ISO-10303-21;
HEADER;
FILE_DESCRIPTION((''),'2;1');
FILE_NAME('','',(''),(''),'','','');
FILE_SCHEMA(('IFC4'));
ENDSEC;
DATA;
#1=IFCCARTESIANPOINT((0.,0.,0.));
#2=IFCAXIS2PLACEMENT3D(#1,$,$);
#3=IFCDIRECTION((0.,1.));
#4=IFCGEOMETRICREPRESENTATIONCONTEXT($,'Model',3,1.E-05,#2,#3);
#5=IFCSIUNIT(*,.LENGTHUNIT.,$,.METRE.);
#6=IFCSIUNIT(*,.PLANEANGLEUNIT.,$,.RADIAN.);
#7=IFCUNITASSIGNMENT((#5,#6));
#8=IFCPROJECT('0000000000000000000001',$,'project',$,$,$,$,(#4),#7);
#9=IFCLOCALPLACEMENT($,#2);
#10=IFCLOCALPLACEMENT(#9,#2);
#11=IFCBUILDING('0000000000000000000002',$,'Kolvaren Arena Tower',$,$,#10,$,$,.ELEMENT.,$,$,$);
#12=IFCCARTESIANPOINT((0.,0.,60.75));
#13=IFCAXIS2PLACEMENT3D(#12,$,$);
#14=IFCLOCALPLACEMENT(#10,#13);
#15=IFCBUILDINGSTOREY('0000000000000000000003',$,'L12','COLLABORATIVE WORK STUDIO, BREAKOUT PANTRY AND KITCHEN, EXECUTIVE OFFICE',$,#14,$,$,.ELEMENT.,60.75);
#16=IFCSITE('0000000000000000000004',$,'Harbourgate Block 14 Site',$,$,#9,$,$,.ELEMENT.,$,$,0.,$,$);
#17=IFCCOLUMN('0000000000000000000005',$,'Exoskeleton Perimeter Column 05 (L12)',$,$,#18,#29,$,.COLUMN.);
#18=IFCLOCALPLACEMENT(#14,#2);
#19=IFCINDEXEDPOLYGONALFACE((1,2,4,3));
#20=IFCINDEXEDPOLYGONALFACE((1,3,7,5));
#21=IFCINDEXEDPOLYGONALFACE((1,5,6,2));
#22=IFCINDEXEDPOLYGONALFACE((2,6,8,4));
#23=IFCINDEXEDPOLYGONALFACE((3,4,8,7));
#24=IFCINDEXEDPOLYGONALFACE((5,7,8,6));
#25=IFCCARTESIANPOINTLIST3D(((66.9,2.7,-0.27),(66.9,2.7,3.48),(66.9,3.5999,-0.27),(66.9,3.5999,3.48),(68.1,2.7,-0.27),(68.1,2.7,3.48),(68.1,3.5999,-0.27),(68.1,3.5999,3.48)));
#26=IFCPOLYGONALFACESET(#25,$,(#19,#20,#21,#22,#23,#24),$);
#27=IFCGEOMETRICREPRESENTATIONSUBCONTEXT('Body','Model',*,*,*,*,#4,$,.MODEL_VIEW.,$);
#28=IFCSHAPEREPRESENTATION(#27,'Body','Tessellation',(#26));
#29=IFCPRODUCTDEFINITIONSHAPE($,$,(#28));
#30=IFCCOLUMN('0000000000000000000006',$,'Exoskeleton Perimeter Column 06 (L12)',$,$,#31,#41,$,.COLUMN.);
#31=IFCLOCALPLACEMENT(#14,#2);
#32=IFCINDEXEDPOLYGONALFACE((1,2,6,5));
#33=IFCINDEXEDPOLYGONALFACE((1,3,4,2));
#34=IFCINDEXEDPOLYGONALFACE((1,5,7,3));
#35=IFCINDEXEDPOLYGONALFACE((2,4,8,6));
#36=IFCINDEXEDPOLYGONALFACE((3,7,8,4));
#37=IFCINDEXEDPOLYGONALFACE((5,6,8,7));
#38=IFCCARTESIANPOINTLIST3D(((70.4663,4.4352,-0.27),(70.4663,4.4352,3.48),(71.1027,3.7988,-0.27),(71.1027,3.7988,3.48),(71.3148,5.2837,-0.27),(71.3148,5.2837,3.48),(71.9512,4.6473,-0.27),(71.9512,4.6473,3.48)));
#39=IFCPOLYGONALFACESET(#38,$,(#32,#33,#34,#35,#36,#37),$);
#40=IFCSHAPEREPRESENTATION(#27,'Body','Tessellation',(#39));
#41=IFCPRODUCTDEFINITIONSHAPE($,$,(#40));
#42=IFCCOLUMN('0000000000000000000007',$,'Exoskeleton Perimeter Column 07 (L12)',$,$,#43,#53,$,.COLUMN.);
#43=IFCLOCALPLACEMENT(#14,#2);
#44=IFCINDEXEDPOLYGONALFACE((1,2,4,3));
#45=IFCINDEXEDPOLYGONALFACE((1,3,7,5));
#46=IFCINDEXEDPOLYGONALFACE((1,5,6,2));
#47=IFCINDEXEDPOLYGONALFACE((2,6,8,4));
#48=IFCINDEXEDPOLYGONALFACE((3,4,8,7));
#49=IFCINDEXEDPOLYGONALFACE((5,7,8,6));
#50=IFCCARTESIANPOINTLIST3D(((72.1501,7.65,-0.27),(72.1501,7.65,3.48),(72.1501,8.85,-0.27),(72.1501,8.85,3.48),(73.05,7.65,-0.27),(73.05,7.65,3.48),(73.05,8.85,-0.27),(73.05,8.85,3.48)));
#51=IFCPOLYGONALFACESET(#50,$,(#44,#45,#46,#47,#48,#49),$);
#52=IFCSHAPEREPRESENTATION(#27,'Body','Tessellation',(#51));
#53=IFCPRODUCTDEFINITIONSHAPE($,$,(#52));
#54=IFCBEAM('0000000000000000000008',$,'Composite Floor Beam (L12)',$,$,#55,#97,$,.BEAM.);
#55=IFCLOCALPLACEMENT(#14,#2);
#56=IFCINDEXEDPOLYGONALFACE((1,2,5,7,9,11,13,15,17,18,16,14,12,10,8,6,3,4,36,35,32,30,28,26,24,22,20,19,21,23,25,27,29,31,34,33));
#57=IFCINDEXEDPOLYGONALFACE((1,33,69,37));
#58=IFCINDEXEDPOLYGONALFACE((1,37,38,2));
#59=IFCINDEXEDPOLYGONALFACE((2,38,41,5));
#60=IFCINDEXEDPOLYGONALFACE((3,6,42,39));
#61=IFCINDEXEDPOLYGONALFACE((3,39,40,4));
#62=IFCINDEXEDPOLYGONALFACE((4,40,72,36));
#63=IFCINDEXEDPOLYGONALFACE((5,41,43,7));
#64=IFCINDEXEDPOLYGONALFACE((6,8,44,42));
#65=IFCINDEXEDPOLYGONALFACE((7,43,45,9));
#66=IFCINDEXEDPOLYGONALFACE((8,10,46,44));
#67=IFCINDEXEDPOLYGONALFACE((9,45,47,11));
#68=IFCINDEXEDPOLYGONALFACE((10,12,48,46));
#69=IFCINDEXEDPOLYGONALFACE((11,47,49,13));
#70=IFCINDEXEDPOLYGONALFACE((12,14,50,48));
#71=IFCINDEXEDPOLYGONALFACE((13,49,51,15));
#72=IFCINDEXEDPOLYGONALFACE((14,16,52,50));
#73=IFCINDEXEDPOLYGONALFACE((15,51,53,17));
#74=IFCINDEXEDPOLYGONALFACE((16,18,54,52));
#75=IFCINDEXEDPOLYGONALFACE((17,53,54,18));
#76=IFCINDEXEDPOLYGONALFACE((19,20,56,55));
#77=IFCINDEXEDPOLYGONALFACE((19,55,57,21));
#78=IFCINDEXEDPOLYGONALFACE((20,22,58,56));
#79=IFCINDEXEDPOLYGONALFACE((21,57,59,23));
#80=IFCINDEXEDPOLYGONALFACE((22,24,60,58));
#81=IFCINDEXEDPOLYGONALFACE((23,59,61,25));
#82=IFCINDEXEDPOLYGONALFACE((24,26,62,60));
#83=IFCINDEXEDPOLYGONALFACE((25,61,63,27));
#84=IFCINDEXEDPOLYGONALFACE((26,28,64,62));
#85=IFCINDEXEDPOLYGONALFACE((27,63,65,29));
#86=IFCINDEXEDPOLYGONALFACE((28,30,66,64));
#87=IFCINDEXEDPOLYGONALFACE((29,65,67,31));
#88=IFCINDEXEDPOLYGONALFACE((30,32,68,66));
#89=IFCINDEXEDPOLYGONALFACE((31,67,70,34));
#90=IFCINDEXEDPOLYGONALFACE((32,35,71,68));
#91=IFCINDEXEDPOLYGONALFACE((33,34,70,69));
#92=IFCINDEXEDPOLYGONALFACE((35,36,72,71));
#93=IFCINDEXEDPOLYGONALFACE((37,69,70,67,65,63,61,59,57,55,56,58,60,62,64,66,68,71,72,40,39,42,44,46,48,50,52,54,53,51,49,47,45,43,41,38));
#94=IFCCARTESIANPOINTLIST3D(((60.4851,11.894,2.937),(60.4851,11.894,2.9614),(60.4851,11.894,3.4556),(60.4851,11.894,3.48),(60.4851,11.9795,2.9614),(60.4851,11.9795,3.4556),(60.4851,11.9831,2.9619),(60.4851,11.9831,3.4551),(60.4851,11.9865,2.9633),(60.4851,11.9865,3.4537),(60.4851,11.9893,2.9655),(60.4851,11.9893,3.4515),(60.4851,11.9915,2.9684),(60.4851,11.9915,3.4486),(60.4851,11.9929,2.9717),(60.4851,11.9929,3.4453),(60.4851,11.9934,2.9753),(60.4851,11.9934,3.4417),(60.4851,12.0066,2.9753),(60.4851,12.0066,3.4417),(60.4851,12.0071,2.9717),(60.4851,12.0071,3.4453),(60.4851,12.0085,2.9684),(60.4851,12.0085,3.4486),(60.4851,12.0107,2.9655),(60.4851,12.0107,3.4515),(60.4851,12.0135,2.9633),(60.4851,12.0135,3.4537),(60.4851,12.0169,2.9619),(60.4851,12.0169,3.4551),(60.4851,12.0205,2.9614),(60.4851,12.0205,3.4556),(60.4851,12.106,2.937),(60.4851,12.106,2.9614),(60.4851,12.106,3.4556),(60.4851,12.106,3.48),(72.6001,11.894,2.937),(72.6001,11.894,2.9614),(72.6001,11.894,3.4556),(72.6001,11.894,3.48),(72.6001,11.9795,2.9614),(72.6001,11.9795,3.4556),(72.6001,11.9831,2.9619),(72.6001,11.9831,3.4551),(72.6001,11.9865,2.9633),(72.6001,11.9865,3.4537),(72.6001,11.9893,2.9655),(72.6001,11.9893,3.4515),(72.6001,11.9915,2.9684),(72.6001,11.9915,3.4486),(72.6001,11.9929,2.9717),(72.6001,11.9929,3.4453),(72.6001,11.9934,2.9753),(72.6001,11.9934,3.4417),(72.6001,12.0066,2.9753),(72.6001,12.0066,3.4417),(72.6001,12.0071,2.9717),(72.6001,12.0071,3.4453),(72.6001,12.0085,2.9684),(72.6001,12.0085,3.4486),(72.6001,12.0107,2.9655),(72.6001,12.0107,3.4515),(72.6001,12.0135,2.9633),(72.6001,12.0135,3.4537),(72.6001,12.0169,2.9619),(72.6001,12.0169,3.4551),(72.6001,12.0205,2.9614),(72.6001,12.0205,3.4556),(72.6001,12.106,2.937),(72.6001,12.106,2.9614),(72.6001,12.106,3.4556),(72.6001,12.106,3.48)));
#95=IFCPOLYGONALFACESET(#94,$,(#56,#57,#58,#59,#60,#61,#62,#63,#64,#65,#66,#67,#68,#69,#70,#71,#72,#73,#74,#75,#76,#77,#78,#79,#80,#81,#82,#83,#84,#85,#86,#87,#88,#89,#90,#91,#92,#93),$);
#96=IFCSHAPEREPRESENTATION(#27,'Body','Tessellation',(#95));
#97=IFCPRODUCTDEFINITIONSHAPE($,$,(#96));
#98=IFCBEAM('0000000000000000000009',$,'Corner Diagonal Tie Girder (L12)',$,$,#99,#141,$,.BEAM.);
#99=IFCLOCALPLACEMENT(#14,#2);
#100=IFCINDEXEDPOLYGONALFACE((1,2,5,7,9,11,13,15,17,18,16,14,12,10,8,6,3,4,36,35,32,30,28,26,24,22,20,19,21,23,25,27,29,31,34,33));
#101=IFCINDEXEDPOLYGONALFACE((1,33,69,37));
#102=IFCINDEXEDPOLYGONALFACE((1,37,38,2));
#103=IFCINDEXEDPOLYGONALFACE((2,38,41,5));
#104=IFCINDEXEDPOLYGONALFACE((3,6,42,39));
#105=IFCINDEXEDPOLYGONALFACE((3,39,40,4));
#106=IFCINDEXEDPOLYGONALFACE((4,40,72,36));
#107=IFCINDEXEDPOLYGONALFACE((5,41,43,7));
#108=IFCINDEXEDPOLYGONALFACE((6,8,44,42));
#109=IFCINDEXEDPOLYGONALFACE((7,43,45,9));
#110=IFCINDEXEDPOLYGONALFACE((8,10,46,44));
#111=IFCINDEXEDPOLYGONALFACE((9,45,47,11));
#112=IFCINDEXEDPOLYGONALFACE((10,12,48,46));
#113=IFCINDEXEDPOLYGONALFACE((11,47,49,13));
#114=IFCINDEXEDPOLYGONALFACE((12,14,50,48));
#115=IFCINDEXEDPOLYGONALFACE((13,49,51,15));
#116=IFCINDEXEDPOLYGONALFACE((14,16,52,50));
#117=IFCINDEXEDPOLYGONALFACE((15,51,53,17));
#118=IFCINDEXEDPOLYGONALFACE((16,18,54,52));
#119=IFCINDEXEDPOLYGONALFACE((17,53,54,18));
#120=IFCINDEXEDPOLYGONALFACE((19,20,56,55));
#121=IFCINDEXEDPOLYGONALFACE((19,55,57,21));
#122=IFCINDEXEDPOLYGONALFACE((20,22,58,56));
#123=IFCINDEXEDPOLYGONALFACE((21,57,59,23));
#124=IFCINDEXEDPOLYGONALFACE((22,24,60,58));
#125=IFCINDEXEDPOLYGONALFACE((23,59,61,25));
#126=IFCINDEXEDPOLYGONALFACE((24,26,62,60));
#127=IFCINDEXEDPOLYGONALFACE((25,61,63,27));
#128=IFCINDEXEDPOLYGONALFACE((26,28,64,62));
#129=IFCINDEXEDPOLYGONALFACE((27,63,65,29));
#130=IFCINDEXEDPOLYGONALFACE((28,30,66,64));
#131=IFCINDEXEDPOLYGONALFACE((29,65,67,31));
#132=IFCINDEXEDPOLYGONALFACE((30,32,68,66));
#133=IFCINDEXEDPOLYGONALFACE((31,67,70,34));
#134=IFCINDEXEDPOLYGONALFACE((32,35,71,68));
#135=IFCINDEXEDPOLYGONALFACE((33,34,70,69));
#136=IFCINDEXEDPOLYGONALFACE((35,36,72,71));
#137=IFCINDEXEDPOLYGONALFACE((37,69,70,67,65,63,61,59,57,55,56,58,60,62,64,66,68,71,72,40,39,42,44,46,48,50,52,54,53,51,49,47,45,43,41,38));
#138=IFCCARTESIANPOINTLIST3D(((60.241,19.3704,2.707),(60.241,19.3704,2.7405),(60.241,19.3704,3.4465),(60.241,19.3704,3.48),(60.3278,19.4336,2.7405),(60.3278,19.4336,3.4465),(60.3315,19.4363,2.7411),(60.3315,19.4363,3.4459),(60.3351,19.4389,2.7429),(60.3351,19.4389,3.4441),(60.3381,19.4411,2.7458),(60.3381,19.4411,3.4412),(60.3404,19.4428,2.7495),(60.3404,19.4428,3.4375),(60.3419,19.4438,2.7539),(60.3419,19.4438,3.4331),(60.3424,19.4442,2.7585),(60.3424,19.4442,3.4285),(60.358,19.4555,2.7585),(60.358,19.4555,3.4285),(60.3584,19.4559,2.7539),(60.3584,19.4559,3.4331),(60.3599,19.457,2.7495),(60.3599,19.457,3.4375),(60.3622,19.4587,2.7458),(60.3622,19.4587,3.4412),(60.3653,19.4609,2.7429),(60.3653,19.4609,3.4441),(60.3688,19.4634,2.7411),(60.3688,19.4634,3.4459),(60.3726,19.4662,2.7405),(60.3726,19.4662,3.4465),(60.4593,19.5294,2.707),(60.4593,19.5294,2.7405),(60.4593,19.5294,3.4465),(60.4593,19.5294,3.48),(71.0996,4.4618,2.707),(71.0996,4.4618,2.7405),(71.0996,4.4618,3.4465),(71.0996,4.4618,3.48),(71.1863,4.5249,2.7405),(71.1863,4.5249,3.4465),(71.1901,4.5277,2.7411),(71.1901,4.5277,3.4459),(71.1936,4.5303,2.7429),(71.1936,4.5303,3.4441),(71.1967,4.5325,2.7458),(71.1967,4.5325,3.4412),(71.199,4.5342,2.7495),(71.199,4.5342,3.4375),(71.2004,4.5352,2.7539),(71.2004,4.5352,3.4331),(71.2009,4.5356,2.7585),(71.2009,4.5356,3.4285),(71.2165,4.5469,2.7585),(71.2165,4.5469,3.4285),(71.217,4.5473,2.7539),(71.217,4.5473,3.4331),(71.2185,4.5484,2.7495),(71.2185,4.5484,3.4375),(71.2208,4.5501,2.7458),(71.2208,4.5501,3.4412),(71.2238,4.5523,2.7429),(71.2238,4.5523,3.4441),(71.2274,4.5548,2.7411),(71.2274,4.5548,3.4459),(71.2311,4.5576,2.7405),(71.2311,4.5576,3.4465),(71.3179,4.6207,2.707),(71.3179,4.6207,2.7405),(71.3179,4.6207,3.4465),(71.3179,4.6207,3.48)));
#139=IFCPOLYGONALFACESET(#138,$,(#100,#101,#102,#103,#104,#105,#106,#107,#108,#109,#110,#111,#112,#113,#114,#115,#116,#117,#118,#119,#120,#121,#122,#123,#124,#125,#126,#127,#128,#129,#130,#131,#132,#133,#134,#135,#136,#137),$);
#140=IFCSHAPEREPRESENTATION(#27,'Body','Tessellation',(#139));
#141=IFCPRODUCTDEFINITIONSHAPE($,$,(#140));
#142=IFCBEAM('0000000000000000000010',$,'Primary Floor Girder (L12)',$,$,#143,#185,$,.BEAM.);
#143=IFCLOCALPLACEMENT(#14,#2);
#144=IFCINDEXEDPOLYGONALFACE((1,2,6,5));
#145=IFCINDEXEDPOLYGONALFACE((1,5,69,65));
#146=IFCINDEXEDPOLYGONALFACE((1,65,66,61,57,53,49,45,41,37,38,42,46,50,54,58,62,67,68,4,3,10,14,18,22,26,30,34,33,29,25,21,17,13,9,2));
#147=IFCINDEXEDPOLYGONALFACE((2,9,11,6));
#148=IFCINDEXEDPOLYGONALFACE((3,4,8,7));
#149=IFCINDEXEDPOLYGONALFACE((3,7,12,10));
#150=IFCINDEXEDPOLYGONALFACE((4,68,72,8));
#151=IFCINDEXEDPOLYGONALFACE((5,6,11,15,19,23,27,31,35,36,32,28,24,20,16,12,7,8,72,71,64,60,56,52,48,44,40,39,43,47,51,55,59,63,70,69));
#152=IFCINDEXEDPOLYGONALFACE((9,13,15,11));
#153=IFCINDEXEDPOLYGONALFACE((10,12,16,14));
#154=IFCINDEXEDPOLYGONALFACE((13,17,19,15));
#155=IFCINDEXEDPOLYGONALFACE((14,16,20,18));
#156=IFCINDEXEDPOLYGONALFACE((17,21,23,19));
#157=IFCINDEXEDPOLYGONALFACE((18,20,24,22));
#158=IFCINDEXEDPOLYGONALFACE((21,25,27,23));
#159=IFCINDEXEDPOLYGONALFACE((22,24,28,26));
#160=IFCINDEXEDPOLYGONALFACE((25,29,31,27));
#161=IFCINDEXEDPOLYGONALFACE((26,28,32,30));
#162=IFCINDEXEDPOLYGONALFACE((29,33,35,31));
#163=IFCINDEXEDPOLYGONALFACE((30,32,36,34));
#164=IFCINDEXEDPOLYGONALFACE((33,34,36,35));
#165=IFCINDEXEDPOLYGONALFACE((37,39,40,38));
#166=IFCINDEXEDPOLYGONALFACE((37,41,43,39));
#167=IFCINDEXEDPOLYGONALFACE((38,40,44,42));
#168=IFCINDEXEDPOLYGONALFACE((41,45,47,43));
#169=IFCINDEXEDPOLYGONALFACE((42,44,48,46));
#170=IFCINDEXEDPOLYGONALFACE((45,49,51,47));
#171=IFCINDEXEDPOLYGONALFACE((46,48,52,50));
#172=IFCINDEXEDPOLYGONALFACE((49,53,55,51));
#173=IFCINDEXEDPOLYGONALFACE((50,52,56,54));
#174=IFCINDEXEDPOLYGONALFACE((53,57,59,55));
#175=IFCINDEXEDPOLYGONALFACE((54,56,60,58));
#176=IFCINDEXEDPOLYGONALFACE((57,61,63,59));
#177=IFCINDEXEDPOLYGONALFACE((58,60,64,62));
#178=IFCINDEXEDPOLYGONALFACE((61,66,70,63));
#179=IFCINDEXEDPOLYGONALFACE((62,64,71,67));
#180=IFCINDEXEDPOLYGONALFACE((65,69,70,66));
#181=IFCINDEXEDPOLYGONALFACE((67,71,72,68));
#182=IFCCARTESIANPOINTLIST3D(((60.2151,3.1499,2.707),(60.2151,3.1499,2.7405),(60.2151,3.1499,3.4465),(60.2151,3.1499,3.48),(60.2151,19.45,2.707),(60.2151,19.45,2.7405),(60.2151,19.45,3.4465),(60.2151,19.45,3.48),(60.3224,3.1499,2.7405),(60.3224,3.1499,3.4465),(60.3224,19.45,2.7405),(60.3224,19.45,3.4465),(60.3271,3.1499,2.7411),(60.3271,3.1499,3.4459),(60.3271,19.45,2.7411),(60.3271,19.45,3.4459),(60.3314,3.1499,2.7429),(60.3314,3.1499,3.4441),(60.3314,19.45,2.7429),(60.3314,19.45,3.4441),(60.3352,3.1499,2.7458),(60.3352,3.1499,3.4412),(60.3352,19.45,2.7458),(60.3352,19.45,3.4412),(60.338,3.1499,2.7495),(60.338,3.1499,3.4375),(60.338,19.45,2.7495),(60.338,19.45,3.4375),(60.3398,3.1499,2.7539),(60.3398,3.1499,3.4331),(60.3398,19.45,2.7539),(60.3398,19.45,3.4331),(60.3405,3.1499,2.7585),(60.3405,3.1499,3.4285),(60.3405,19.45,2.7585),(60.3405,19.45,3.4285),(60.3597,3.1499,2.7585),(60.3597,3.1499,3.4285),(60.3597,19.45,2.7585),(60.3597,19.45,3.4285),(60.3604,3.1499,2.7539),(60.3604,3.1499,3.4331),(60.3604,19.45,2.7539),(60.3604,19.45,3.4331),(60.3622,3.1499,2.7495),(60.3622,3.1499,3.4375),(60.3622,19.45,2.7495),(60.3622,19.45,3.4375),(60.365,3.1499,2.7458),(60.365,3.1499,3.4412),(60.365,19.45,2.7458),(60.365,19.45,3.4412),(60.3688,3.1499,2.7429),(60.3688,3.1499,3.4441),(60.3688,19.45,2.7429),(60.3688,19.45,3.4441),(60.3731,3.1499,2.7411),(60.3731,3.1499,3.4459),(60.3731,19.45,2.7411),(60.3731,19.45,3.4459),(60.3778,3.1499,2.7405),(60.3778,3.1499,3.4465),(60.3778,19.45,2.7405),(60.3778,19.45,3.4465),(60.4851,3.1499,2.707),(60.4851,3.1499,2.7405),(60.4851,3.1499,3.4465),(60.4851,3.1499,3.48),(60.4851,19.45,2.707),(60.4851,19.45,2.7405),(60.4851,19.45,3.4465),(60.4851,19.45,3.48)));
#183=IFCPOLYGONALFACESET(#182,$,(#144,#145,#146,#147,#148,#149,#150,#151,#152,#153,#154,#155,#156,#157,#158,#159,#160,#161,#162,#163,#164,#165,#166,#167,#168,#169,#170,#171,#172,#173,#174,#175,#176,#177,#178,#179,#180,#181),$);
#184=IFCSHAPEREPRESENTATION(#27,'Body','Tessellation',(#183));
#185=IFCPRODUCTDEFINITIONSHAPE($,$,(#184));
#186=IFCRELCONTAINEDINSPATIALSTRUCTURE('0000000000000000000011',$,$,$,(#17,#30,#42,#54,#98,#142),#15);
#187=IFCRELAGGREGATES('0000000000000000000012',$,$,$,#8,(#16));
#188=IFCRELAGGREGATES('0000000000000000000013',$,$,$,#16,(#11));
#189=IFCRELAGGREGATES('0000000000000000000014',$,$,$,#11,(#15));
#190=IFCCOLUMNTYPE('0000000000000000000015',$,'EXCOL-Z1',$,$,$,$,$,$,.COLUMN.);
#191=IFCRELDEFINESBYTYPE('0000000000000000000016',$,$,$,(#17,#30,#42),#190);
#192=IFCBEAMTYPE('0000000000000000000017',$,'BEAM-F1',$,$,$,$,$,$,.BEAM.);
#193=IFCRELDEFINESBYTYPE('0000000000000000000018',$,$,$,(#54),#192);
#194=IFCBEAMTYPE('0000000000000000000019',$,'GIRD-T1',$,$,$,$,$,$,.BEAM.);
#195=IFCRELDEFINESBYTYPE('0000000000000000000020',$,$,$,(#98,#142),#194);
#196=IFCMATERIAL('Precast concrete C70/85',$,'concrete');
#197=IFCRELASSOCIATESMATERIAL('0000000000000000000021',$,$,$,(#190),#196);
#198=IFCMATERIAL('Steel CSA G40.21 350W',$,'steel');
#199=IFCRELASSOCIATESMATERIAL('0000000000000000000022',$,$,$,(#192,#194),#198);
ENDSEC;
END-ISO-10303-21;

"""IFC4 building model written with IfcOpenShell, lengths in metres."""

from ifc_helpers import new_model, si_unit, direction, frame, origin, origin_2d, place, context, subcontext, project, spatial, rectangle, i_section, extrude, material, material_profile, profile_set, type_object, element, save


model = new_model("IFC4")

# Units and contexts
model_context = context("Model", 3, precision=1e-05, world=origin(), true_north=direction((0.0, 1.0)))
body_context = subcontext(model_context, "Body", "Model", "MODEL_VIEW")
ifc_project = project(units=[si_unit("LENGTHUNIT", "METRE"), si_unit("PLANEANGLEUNIT", "RADIAN")], contexts=[model_context])

# Site, building, storey
site_placement = place(None, origin())
site = spatial("IfcSite", under=ifc_project, at=site_placement, Name="Harbourgate Block 14 Site", CompositionType="ELEMENT", RefElevation=0.0)
building_placement = place(site_placement, origin())
building = spatial("IfcBuilding", under=site, at=building_placement, Name="Kolvaren Arena Tower", CompositionType="ELEMENT")
storey_placement = place(building_placement, frame((0.0, 0.0, 60.75)))
storey = spatial("IfcBuildingStorey", under=building, at=storey_placement, Name="L12", Description="COLLABORATIVE WORK STUDIO, BREAKOUT PANTRY AND KITCHEN, EXECUTIVE OFFICE", CompositionType="ELEMENT", Elevation=60.75)

# Columns
ifc_material_1 = material(Name="Precast concrete C70/85", Category="concrete")
ifc_material_profile_1 = material_profile(ifc_material_1, rectangle(XDim=1.2, YDim=0.8999, at=origin_2d()), Name="RC-1200x900")
ifc_profile_set_1 = profile_set([ifc_material_profile_1], Name="Precast concrete C70/85")
column_type = type_object("IfcColumnType", Name="EXCOL-Z1", PredefinedType="COLUMN", material=ifc_profile_set_1)
for number, where, z_axis, x_axis, name in (
    (1, (67.5, 3.1499, -0.27), (0.0, 0.0, 1.0), (1.0, 0.0, 0.0), "Exoskeleton Perimeter Column 05 (L12)"),
    (2, (71.2087, 4.5413, -0.27), (0.0, 0.0, 1.0), (0.707107, 0.707107, 0.0), "Exoskeleton Perimeter Column 06 (L12)"),
    (3, (72.6001, 8.25, -0.27), (0.0, 0.0, 1.0), (0.0, 1.0, 0.0), "Exoskeleton Perimeter Column 07 (L12)"),
):
    element("IfcColumn", number, at=place(storey_placement, frame(where, z_axis=z_axis, x_axis=x_axis)), inside=storey, type_object=column_type, Name=name, PredefinedType="COLUMN", context=body_context, shape_type="SweptSolid", body=[
        extrude(rectangle(XDim=1.2, YDim=0.8999, at=origin_2d()), origin(), (0.0, 0.0, 1.0), 3.75),
    ])

# Beams
ifc_material_2 = material(Name="Steel CSA G40.21 350W", Category="steel")
ifc_material_profile_2 = material_profile(ifc_material_2, i_section(OverallWidth=0.2119, OverallDepth=0.543, WebThickness=0.0132, FlangeThickness=0.0244, FilletRadius=0.0139, at=origin_2d()), Name="W530x150")
ifc_profile_set_2 = profile_set([ifc_material_profile_2], Name="Steel CSA G40.21 350W")
beam_type_1 = type_object("IfcBeamType", Name="BEAM-F1", PredefinedType="BEAM", material=ifc_profile_set_2)
beam_1_placement = place(storey_placement, frame((60.4851, 12.0, 3.2085), z_axis=(1.0, 0.0, 0.0), x_axis=(0.0, 1.0, 0.0)))
element("IfcBeam", 4, at=beam_1_placement, inside=storey, type_object=beam_type_1, Name="Composite Floor Beam (L12)", PredefinedType="BEAM", context=body_context, shape_type="SweptSolid", body=[
    extrude(i_section(OverallWidth=0.2119, OverallDepth=0.543, WebThickness=0.0132, FlangeThickness=0.0244, FilletRadius=0.0139, at=origin_2d()), origin(), (0.0, 0.0, 1.0), 12.115),
])
ifc_material_profile_3 = material_profile(ifc_material_2, i_section(OverallWidth=0.27, OverallDepth=0.7729, WebThickness=0.0193, FlangeThickness=0.0334, FilletRadius=0.0181, at=origin_2d()), Name="W760x257")
ifc_profile_set_3 = profile_set([ifc_material_profile_3], Name="Steel CSA G40.21 350W")
beam_type_2 = type_object("IfcBeamType", Name="GIRD-T1", PredefinedType="BEAM", material=ifc_profile_set_3)
beam_2_placement = place(storey_placement, frame((71.2087, 4.5413, 3.0935), z_axis=(-0.588737, 0.808324, 0.0), x_axis=(-0.808324, -0.588737, 0.0)))
element("IfcBeam", 5, at=beam_2_placement, inside=storey, type_object=beam_type_2, Name="Corner Diagonal Tie Girder (L12)", PredefinedType="BEAM", context=body_context, shape_type="SweptSolid", body=[
    extrude(i_section(OverallWidth=0.27, OverallDepth=0.7729, WebThickness=0.0193, FlangeThickness=0.0334, FilletRadius=0.0181, at=origin_2d()), origin(), (0.0, 0.0, 1.0), 18.4438),
])
beam_3_placement = place(storey_placement, frame((60.3501, 3.1499, 3.0935), z_axis=(0.0, 1.0, 0.0), x_axis=(-1.0, 0.0, 0.0)))
element("IfcBeam", 6, at=beam_3_placement, inside=storey, type_object=beam_type_2, Name="Primary Floor Girder (L12)", PredefinedType="BEAM", context=body_context, shape_type="SweptSolid", body=[
    extrude(i_section(OverallWidth=0.27, OverallDepth=0.7729, WebThickness=0.0193, FlangeThickness=0.0334, FilletRadius=0.0181, at=origin_2d()), origin(), (0.0, 0.0, 1.0), 16.3),
])

save(model, "model.ifc")
